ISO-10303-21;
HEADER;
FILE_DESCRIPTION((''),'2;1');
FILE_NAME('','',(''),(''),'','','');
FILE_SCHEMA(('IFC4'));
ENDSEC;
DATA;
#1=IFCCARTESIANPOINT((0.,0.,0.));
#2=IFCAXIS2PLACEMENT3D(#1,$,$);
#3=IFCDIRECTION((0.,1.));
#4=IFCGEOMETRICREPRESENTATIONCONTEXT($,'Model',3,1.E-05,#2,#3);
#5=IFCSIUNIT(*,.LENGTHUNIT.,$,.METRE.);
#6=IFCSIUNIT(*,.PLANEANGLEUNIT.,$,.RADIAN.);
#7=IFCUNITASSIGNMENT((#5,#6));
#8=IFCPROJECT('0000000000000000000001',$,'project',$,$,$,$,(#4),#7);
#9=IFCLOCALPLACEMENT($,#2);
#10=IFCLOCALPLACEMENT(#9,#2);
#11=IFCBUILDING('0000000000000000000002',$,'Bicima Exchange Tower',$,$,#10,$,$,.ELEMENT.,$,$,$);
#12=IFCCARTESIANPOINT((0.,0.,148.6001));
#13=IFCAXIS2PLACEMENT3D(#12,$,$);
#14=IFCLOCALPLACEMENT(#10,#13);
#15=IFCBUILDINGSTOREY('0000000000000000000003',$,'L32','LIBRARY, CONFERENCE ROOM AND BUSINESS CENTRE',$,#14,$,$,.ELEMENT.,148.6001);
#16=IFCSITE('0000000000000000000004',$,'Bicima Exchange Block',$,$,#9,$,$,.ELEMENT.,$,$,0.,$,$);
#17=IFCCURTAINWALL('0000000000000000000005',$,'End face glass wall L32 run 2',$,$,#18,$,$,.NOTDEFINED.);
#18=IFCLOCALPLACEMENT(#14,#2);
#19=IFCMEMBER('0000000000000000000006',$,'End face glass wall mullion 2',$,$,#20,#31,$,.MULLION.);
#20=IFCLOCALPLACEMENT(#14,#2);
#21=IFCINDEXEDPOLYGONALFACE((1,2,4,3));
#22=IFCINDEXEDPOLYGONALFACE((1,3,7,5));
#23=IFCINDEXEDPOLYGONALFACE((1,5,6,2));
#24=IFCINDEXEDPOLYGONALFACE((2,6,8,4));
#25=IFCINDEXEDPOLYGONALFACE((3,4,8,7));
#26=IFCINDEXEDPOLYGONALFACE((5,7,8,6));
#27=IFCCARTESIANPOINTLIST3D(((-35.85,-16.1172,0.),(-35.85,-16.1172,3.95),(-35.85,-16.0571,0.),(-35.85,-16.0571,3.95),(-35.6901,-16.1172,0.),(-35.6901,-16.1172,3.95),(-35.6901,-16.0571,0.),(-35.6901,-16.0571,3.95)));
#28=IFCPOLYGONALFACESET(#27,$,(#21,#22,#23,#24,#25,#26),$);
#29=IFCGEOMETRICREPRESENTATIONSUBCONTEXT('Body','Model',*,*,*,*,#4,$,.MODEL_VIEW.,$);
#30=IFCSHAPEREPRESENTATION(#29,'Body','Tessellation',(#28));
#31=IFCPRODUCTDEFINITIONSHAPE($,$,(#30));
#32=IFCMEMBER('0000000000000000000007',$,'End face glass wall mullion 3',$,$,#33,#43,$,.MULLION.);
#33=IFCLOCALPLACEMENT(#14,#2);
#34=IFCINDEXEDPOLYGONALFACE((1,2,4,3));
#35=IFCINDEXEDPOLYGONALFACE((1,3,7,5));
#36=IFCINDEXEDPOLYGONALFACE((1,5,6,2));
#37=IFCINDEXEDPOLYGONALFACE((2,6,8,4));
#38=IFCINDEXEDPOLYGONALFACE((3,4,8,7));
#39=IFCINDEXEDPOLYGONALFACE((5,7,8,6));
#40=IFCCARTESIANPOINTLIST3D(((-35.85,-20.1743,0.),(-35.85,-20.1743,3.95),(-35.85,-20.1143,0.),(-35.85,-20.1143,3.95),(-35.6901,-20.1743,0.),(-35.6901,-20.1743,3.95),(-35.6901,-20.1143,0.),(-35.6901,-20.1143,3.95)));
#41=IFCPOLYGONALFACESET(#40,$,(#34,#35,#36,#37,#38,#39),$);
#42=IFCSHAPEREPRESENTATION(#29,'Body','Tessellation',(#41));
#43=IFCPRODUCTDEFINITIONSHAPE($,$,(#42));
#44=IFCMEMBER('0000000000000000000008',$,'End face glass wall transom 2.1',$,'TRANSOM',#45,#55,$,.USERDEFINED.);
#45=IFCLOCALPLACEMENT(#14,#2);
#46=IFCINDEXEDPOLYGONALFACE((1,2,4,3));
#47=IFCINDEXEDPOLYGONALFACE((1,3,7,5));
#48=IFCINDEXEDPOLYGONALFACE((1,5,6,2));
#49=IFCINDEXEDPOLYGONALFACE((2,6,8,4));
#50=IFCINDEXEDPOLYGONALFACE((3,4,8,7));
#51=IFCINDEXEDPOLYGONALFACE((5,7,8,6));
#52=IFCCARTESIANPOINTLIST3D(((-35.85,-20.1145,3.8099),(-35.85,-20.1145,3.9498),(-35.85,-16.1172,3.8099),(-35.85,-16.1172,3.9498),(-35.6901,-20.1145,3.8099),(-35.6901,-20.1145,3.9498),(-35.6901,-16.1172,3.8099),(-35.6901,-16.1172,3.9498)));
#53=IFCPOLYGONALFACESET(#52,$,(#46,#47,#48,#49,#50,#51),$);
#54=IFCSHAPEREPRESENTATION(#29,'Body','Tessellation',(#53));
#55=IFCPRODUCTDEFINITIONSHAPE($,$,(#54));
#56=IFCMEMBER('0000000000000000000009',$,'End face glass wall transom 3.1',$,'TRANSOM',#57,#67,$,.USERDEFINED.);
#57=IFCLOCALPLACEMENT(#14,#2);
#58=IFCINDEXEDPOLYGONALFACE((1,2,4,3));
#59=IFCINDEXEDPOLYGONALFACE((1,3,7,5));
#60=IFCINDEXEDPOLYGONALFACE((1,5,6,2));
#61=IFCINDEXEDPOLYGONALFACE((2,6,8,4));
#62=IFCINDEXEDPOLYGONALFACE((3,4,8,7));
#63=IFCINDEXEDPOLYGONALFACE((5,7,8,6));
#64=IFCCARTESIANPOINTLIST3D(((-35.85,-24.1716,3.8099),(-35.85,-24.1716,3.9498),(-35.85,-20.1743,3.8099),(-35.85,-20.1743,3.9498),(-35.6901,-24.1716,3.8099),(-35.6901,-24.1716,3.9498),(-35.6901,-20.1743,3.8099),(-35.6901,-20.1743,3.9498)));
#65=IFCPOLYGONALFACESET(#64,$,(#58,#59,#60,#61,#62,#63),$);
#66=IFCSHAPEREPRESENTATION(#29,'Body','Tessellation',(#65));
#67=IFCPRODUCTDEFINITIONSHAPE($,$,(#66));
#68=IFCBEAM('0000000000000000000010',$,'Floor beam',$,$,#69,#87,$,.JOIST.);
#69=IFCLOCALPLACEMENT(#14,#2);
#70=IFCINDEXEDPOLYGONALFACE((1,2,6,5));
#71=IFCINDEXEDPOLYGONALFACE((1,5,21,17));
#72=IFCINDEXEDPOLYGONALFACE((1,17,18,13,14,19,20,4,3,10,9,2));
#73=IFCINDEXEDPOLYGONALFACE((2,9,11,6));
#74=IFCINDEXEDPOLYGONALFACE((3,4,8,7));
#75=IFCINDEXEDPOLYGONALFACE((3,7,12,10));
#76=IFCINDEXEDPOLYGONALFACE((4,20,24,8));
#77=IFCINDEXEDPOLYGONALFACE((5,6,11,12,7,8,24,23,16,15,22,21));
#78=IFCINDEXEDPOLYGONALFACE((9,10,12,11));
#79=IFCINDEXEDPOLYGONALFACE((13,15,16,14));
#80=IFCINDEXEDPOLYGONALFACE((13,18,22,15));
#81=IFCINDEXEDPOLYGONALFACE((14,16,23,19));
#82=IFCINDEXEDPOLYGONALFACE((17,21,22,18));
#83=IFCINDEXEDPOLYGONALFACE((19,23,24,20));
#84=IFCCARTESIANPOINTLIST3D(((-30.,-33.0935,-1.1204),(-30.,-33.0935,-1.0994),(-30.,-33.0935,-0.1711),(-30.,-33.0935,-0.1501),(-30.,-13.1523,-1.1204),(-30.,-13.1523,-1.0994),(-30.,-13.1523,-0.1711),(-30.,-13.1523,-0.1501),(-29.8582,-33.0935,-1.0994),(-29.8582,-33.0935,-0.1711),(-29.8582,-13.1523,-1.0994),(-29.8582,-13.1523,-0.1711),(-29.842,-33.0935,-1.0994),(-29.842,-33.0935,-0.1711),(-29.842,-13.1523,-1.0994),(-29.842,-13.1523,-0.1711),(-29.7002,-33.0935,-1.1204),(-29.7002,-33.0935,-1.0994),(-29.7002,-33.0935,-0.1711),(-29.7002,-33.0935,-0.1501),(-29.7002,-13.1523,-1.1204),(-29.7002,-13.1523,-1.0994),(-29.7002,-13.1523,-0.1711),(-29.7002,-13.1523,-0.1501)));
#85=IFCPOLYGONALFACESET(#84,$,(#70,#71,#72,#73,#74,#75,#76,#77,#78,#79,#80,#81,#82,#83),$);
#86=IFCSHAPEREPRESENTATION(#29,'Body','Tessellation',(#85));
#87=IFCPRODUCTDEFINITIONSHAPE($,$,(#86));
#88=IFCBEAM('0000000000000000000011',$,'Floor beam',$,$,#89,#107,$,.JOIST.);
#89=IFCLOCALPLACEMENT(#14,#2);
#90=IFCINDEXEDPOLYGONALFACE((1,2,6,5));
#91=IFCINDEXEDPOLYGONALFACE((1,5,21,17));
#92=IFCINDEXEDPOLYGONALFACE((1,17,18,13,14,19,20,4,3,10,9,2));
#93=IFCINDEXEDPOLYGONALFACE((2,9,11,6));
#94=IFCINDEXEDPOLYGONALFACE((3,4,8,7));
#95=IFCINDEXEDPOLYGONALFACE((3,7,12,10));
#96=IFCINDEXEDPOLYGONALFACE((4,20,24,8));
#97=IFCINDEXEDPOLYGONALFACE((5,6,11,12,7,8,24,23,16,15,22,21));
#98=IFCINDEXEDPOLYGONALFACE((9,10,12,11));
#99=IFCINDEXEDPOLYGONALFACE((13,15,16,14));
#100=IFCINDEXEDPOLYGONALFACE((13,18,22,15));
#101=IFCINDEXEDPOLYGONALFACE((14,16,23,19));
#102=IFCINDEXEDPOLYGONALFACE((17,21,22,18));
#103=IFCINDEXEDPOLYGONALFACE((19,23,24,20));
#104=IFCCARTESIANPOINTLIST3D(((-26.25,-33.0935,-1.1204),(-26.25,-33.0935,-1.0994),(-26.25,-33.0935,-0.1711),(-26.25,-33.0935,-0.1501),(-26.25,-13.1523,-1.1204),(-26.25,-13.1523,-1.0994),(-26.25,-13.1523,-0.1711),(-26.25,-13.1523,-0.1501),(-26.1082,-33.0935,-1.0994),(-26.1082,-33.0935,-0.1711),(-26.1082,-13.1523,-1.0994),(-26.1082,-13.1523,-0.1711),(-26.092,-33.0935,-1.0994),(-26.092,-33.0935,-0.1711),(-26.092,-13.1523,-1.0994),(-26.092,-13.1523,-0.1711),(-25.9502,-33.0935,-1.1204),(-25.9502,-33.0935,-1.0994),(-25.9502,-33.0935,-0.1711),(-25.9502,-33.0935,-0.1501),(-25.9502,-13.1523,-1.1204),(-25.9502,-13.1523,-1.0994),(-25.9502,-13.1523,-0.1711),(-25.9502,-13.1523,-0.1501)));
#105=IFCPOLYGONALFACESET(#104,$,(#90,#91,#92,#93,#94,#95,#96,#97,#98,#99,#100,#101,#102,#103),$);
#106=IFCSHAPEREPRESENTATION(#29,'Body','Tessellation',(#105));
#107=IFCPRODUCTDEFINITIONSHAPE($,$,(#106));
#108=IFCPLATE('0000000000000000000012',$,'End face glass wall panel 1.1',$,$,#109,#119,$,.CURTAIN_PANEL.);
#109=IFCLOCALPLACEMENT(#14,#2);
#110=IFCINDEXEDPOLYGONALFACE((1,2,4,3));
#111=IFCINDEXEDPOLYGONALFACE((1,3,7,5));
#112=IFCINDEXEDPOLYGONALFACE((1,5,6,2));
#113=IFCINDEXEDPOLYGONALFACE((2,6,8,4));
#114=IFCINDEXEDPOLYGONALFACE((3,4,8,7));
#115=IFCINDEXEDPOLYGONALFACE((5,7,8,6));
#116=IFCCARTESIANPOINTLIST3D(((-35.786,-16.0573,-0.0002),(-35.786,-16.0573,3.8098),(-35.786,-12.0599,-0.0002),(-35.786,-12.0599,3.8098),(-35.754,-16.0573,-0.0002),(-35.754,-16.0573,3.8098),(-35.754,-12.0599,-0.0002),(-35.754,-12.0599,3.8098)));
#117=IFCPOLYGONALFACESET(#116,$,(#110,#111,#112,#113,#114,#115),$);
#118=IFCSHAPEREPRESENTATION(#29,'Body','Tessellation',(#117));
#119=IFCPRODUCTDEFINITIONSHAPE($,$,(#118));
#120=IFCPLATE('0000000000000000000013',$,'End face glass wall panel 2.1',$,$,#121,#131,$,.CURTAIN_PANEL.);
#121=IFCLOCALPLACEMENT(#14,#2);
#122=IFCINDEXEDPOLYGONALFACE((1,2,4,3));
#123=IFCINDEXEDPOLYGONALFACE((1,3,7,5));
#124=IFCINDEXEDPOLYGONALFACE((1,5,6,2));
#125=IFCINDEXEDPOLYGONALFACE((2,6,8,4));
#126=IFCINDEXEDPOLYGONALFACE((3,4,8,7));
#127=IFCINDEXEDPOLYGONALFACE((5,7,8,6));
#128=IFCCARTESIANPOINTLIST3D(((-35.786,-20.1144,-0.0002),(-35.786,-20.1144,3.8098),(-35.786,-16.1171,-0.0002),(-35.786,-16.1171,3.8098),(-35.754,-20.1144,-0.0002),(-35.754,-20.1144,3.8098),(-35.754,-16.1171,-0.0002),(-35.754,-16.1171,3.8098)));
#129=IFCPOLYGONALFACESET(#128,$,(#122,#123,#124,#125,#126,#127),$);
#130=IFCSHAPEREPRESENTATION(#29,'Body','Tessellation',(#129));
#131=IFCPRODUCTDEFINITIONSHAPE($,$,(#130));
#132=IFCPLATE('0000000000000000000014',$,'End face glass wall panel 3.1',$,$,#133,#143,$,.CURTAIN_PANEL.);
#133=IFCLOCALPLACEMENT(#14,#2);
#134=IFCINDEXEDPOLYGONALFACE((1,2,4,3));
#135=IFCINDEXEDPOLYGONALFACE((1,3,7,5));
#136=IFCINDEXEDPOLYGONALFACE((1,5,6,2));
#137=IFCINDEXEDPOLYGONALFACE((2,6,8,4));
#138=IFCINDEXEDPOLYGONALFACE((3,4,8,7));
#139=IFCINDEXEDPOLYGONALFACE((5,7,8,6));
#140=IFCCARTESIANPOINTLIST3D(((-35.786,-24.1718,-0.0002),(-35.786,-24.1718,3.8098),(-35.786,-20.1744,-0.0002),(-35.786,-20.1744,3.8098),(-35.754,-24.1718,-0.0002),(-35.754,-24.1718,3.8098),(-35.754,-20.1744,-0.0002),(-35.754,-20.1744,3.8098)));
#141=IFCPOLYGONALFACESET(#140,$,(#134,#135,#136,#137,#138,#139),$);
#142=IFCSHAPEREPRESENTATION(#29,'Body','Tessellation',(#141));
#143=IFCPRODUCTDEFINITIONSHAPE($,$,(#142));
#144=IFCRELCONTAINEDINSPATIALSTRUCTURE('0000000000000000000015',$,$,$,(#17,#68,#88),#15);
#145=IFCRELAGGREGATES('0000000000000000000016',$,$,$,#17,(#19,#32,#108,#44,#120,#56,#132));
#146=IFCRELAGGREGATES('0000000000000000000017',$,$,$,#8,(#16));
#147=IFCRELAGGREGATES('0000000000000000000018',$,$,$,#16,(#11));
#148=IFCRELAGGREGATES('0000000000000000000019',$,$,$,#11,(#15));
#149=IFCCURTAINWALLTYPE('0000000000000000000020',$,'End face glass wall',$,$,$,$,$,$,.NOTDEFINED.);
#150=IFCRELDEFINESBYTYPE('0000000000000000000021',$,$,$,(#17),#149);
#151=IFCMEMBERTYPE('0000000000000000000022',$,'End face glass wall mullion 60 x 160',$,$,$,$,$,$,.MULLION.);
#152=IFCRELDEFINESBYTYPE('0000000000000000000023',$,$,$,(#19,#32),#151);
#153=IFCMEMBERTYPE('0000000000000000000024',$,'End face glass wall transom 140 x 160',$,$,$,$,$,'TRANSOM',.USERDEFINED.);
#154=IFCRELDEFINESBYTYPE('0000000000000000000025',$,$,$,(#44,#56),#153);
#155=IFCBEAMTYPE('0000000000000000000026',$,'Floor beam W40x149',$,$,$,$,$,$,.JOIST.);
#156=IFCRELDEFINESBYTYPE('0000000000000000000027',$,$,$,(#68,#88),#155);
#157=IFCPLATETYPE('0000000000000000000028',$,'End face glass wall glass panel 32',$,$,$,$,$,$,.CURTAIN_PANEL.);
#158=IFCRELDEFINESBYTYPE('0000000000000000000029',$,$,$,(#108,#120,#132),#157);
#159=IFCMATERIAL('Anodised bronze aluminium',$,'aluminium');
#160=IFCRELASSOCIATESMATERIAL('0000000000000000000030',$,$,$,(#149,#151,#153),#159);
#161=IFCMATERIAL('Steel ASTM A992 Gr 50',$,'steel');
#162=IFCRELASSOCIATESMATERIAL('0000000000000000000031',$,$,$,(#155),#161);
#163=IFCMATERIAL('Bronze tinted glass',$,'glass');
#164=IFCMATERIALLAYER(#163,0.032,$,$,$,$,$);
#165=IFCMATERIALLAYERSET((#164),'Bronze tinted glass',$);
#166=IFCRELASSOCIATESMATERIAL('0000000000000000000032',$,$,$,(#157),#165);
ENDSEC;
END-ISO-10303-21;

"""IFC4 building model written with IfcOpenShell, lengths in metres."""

from ifc_helpers import new_model, si_unit, direction, frame, origin, origin_2d, place, context, subcontext, project, spatial, rectangle, i_section, extrude, material, layer, layer_set, material_profile, profile_set, type_object, element, aggregate, save


model = new_model("IFC4")

# Units and contexts
model_context = context("Model", 3, precision=1e-05, world=origin(), true_north=direction((0.0, 1.0)))
body_context = subcontext(model_context, "Body", "Model", "MODEL_VIEW")
ifc_project = project(units=[si_unit("LENGTHUNIT", "METRE"), si_unit("PLANEANGLEUNIT", "RADIAN")], contexts=[model_context])

# Site, building, storey
site_placement = place(None, origin())
site = spatial("IfcSite", under=ifc_project, at=site_placement, Name="Bicima Exchange Block", CompositionType="ELEMENT", RefElevation=0.0)
building_placement = place(site_placement, origin())
building = spatial("IfcBuilding", under=site, at=building_placement, Name="Bicima Exchange Tower", CompositionType="ELEMENT")
storey_placement = place(building_placement, frame((0.0, 0.0, 148.6001)))
storey = spatial("IfcBuildingStorey", under=building, at=storey_placement, Name="L32", Description="LIBRARY, CONFERENCE ROOM AND BUSINESS CENTRE", CompositionType="ELEMENT", Elevation=148.6001)

# Curtain wall, members
ifc_material_1 = material(Name="Anodised bronze aluminium", Category="aluminium")
curtain_wall_type = type_object("IfcCurtainWallType", Name="End face glass wall", PredefinedType="NOTDEFINED", material=ifc_material_1)
curtain_wall_placement = place(storey_placement, origin())
curtain_wall = element("IfcCurtainWall", 1, at=curtain_wall_placement, inside=storey, type_object=curtain_wall_type, Name="End face glass wall L32 run 2", PredefinedType="NOTDEFINED")
ifc_material_profile_1 = material_profile(ifc_material_1, rectangle(XDim=0.1599, YDim=0.0601, at=origin_2d()))
ifc_profile_set_1 = profile_set([ifc_material_profile_1], Name="Anodised bronze aluminium")
member_type_1 = type_object("IfcMemberType", Name="End face glass wall mullion 60 x 160", PredefinedType="MULLION", material=ifc_profile_set_1)
member_1_placement = place(storey_placement, frame((-35.77, -16.0872, 0.0), z_axis=(0.0, 0.0, 1.0), x_axis=(1.0, 0.0, 0.0)))
member_1 = element("IfcMember", 2, at=member_1_placement, type_object=member_type_1, Name="End face glass wall mullion 2", PredefinedType="MULLION", context=body_context, shape_type="SweptSolid", body=[
    extrude(rectangle(XDim=0.1599, YDim=0.0601, at=origin_2d()), origin(), (0.0, 0.0, 1.0), 3.95),
])
member_2_placement = place(storey_placement, frame((-35.77, -20.1443, 0.0), z_axis=(0.0, 0.0, 1.0), x_axis=(1.0, 0.0, 0.0)))
member_2 = element("IfcMember", 3, at=member_2_placement, type_object=member_type_1, Name="End face glass wall mullion 3", PredefinedType="MULLION", context=body_context, shape_type="SweptSolid", body=[
    extrude(rectangle(XDim=0.1599, YDim=0.0601, at=origin_2d()), origin(), (0.0, 0.0, 1.0), 3.95),
])
ifc_material_profile_2 = material_profile(ifc_material_1, rectangle(XDim=0.1599, YDim=0.1399, at=origin_2d()))
ifc_profile_set_2 = profile_set([ifc_material_profile_2], Name="Anodised bronze aluminium")
member_type_2 = type_object("IfcMemberType", Name="End face glass wall transom 140 x 160", ElementType="TRANSOM", PredefinedType="USERDEFINED", material=ifc_profile_set_2)
member_3_placement = place(storey_placement, frame((-35.77, -16.1172, 3.8799), z_axis=(0.0, -1.0, 0.0), x_axis=(1.0, 0.0, 0.0)))
member_3 = element("IfcMember", 4, at=member_3_placement, type_object=member_type_2, Name="End face glass wall transom 2.1", ObjectType="TRANSOM", PredefinedType="USERDEFINED", context=body_context, shape_type="SweptSolid", body=[
    extrude(rectangle(XDim=0.1599, YDim=0.1399, at=origin_2d()), origin(), (0.0, 0.0, 1.0), 3.9973),
])
member_4_placement = place(storey_placement, frame((-35.77, -20.1743, 3.8799), z_axis=(0.0, -1.0, 0.0), x_axis=(1.0, 0.0, 0.0)))
member_4 = element("IfcMember", 5, at=member_4_placement, type_object=member_type_2, Name="End face glass wall transom 3.1", ObjectType="TRANSOM", PredefinedType="USERDEFINED", context=body_context, shape_type="SweptSolid", body=[
    extrude(rectangle(XDim=0.1599, YDim=0.1399, at=origin_2d()), origin(), (0.0, 0.0, 1.0), 3.9973),
])

# Beams
ifc_material_2 = material(Name="Steel ASTM A992 Gr 50", Category="steel")
ifc_material_profile_3 = material_profile(ifc_material_2, i_section(OverallWidth=0.2998, OverallDepth=0.9702, WebThickness=0.0161, FlangeThickness=0.021, at=origin_2d()))
ifc_profile_set_3 = profile_set([ifc_material_profile_3], Name="Steel ASTM A992 Gr 50")
beam_type = type_object("IfcBeamType", Name="Floor beam W40x149", PredefinedType="JOIST", material=ifc_profile_set_3)
for number, where, z_axis, x_axis, name in (
    (6, (-29.8501, -13.1523, -0.6353), (0.0, -1.0, 0.0), (1.0, 0.0, 0.0), "Floor beam"),
    (7, (-26.1001, -13.1523, -0.6353), (0.0, -1.0, 0.0), (1.0, 0.0, 0.0), "Floor beam"),
):
    element("IfcBeam", number, at=place(storey_placement, frame(where, z_axis=z_axis, x_axis=x_axis)), inside=storey, type_object=beam_type, Name=name, PredefinedType="JOIST", context=body_context, shape_type="SweptSolid", body=[
        extrude(i_section(OverallWidth=0.2998, OverallDepth=0.9702, WebThickness=0.0161, FlangeThickness=0.021, at=origin_2d()), origin(), (0.0, 0.0, 1.0), 19.9412),
    ])

# Plates
ifc_material_3 = material(Name="Bronze tinted glass", Category="glass")
ifc_layer_1 = layer(ifc_material_3, 0.032)
ifc_layer_set_1 = layer_set([ifc_layer_1], Name="Bronze tinted glass")
plate_type = type_object("IfcPlateType", Name="End face glass wall glass panel 32", PredefinedType="CURTAIN_PANEL", material=ifc_layer_set_1)
plate_1_placement = place(storey_placement, frame((-35.77, -14.0586, -0.0002), z_axis=(0.0, 0.0, 1.0), x_axis=(0.0, -1.0, 0.0)))
plate_1 = element("IfcPlate", 8, at=plate_1_placement, type_object=plate_type, Name="End face glass wall panel 1.1", PredefinedType="CURTAIN_PANEL", context=body_context, shape_type="SweptSolid", body=[
    extrude(rectangle(XDim=3.9973, YDim=0.032, at=origin_2d()), origin(), (0.0, 0.0, 1.0), 3.8101),
])
plate_2_placement = place(storey_placement, frame((-35.77, -18.1157, -0.0002), z_axis=(0.0, 0.0, 1.0), x_axis=(0.0, -1.0, 0.0)))
plate_2 = element("IfcPlate", 9, at=plate_2_placement, type_object=plate_type, Name="End face glass wall panel 2.1", PredefinedType="CURTAIN_PANEL", context=body_context, shape_type="SweptSolid", body=[
    extrude(rectangle(XDim=3.9973, YDim=0.032, at=origin_2d()), origin(), (0.0, 0.0, 1.0), 3.8101),
])
plate_3_placement = place(storey_placement, frame((-35.77, -22.1731, -0.0002), z_axis=(0.0, 0.0, 1.0), x_axis=(0.0, -1.0, 0.0)))
plate_3 = element("IfcPlate", 10, at=plate_3_placement, type_object=plate_type, Name="End face glass wall panel 3.1", PredefinedType="CURTAIN_PANEL", context=body_context, shape_type="SweptSolid", body=[
    extrude(rectangle(XDim=3.9973, YDim=0.032, at=origin_2d()), origin(), (0.0, 0.0, 1.0), 3.8101),
])
aggregate(curtain_wall, [member_1, member_2, plate_1, member_3, plate_2, member_4, plate_3])

save(model, "model.ifc")
